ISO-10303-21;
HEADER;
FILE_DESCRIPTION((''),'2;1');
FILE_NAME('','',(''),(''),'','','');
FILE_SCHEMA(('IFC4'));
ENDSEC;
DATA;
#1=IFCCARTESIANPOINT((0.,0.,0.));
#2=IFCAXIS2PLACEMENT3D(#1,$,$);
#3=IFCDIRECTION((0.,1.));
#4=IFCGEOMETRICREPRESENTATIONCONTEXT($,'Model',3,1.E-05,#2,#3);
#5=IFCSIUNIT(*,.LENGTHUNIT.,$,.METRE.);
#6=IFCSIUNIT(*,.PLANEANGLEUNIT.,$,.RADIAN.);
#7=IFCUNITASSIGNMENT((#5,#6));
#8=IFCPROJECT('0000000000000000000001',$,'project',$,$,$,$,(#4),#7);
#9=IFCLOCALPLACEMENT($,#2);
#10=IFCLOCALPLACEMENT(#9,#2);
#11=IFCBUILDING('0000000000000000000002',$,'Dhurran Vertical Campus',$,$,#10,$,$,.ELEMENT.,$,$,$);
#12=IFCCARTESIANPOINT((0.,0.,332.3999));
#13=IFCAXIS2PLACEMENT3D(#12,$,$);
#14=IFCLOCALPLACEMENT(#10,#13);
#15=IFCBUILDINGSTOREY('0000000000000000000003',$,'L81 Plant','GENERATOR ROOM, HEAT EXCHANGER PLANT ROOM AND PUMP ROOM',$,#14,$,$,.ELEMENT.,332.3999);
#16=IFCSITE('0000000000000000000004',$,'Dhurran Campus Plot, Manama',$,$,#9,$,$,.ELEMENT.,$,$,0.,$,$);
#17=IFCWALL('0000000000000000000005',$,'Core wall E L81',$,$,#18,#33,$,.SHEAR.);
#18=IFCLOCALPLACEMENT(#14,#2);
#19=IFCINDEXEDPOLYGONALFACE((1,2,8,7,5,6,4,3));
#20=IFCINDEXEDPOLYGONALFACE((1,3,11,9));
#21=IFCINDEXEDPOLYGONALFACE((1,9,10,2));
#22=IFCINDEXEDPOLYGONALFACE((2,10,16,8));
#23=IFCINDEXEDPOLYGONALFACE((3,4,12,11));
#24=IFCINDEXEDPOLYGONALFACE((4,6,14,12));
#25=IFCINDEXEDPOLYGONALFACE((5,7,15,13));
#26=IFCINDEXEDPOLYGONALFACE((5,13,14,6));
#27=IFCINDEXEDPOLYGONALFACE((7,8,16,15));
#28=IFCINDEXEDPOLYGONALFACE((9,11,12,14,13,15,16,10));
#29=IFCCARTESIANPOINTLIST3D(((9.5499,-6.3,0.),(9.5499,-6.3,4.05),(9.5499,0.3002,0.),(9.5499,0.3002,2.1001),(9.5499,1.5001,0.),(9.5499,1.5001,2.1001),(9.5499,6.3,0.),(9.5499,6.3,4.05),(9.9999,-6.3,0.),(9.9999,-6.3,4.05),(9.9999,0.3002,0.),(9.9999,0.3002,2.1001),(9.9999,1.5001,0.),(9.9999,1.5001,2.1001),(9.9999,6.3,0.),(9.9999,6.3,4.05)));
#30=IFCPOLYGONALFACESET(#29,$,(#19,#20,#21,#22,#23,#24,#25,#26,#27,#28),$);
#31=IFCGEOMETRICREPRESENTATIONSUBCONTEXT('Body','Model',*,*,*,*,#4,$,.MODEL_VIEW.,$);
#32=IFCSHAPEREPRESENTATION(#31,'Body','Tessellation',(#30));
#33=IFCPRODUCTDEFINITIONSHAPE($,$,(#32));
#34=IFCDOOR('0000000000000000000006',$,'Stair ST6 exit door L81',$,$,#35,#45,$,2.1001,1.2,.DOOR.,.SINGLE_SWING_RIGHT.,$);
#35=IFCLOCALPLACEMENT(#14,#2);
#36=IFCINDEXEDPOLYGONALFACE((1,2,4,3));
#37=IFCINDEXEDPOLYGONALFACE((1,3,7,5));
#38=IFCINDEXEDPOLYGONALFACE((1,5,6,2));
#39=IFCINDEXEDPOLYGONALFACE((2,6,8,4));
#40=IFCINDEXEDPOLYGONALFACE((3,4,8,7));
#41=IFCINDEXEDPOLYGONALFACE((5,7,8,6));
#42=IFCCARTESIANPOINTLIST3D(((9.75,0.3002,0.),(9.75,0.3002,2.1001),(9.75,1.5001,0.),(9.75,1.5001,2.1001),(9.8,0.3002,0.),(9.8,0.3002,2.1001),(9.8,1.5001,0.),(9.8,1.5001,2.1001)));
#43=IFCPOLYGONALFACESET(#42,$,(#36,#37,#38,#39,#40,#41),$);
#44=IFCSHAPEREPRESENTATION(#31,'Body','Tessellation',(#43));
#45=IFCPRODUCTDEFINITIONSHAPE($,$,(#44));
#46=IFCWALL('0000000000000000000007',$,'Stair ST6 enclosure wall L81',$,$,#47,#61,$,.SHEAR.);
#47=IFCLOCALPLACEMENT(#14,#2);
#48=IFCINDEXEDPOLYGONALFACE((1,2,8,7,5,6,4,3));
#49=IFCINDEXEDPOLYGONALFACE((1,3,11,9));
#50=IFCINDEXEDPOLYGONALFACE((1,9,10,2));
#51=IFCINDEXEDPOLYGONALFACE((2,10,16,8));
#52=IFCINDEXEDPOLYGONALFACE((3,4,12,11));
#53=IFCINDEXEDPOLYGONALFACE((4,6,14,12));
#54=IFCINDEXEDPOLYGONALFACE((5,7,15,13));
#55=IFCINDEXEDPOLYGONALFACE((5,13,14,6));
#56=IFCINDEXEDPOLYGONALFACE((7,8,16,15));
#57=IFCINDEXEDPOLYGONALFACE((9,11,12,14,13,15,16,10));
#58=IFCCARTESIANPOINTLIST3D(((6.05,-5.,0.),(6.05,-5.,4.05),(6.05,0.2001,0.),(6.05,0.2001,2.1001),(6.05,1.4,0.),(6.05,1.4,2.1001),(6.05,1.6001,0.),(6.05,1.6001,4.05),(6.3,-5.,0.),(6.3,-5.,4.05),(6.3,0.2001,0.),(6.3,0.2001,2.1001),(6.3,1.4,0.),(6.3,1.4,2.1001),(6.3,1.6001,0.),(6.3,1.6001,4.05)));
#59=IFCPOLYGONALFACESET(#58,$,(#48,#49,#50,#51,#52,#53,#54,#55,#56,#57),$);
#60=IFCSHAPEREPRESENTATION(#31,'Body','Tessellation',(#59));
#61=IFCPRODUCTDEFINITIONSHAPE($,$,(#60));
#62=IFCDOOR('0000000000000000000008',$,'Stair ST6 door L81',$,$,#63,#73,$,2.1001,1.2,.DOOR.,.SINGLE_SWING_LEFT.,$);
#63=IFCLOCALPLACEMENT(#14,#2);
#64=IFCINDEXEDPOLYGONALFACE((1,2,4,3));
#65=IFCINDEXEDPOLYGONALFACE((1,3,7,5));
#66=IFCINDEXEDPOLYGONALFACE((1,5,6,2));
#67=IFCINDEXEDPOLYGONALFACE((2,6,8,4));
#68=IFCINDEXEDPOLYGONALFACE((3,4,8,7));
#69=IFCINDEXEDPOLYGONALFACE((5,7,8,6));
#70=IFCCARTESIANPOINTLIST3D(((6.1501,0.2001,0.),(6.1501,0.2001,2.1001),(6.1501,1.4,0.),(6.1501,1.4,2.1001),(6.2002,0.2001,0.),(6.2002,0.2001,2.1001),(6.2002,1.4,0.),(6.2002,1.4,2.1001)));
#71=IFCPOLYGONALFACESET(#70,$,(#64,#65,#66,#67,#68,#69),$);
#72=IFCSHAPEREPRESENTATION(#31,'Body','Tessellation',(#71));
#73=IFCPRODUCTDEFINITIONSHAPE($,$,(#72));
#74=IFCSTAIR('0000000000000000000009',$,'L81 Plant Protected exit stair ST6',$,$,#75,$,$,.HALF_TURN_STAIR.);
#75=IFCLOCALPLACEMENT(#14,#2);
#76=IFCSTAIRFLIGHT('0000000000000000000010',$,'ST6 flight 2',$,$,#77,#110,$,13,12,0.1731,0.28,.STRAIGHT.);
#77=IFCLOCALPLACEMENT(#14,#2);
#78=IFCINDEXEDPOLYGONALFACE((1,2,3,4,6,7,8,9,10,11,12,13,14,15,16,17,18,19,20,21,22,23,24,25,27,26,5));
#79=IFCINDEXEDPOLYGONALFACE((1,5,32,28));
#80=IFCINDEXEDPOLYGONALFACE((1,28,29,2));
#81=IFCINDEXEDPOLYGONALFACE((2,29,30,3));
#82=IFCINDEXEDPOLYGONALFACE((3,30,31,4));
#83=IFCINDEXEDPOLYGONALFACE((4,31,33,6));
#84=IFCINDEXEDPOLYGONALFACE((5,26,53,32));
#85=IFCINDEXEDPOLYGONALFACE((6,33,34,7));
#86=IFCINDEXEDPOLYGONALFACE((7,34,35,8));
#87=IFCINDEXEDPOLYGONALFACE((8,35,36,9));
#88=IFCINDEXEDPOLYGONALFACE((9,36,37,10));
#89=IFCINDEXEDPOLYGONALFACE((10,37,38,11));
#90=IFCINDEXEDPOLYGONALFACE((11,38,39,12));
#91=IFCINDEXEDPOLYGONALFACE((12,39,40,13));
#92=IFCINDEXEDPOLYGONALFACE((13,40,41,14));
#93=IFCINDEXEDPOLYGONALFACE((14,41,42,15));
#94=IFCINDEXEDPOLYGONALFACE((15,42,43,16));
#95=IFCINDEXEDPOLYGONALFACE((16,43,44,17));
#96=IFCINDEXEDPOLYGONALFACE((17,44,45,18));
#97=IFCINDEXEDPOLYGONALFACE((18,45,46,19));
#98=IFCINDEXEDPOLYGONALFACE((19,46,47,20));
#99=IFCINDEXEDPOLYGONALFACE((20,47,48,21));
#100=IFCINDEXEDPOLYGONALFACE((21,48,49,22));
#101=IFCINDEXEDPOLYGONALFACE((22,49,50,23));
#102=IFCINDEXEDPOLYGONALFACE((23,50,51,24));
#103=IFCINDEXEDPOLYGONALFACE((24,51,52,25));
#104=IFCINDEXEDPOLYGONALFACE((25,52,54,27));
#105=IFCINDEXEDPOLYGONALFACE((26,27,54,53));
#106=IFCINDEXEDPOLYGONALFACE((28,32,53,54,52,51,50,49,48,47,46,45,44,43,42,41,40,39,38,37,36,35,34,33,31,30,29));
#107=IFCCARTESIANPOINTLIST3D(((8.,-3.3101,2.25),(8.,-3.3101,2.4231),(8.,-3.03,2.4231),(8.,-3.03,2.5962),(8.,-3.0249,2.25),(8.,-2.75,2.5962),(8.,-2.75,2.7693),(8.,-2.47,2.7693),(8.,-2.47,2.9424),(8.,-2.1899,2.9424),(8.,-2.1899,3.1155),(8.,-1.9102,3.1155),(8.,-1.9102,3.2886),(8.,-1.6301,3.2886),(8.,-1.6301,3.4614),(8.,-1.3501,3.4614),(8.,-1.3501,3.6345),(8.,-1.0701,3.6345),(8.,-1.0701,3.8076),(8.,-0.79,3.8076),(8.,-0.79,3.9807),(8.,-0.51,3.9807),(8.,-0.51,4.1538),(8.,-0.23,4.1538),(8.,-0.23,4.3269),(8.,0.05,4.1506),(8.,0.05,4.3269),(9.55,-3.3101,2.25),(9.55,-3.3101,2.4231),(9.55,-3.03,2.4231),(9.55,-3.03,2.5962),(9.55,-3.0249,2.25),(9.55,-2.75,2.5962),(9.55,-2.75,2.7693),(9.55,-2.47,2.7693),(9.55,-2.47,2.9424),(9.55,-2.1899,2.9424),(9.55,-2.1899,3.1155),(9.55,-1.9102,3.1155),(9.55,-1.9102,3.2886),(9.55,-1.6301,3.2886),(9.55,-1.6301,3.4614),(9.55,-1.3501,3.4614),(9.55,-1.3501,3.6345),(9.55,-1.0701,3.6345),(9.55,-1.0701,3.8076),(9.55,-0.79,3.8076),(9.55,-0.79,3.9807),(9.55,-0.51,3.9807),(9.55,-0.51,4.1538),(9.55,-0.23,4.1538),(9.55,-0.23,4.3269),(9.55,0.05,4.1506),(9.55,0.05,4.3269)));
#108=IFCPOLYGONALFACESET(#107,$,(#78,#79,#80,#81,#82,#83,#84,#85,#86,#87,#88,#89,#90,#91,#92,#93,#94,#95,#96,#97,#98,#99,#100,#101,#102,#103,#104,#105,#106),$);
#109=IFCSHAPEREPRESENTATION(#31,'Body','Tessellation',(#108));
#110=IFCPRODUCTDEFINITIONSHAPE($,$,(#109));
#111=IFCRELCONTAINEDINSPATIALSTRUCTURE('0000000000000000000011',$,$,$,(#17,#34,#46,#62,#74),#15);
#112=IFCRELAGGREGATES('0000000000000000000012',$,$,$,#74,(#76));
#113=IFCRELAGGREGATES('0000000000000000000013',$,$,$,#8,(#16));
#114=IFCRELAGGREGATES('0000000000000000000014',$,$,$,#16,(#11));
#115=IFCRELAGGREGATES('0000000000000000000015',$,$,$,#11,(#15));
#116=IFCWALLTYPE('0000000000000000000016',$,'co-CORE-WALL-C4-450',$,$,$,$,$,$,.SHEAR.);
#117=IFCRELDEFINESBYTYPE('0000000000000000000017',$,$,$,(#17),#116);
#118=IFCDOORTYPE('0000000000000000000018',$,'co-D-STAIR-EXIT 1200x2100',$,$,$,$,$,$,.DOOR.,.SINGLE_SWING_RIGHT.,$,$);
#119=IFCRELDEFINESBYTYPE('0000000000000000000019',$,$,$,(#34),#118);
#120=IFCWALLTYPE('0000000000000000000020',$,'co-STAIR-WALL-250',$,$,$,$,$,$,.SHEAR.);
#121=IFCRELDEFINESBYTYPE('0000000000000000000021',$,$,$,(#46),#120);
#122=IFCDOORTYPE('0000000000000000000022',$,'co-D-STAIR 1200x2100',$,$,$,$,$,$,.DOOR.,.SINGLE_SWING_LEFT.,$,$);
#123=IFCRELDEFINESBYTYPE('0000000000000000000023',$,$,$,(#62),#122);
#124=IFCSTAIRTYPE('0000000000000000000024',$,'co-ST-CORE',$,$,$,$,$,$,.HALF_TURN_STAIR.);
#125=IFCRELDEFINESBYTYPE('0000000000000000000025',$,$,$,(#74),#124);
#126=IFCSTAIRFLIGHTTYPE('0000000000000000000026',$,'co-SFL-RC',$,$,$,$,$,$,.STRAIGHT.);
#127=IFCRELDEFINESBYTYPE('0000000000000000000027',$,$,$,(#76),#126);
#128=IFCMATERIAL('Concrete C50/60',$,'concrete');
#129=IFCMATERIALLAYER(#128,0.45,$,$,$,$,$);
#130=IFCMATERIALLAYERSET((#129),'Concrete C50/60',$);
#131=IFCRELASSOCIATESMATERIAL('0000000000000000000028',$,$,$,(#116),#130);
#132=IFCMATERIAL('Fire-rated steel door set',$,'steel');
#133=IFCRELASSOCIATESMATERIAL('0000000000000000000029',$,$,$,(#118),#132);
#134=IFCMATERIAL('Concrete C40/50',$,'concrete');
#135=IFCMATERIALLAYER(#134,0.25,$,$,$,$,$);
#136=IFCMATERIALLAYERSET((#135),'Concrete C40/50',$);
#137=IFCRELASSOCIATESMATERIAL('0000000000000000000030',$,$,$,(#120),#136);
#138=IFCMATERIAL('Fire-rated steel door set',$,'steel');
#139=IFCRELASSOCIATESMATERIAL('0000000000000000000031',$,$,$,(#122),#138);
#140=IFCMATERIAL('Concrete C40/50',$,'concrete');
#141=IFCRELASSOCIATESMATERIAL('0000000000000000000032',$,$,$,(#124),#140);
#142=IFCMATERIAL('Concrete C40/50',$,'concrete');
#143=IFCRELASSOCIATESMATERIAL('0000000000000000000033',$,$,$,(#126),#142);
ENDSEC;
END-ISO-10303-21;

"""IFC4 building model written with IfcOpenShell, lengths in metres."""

from ifc_helpers import new_model, si_unit, direction, frame, frame_2d, origin, place, context, subcontext, project, spatial, polyline, rectangle, outline, extrude, material, layer, layer_set, type_object, element, fill, aggregate, save


model = new_model("IFC4")

# Units and contexts
model_context = context("Model", 3, precision=1e-05, world=origin(), true_north=direction((0.0, 1.0)))
body_context = subcontext(model_context, "Body", "Model", "MODEL_VIEW")
ifc_project = project(units=[si_unit("LENGTHUNIT", "METRE"), si_unit("PLANEANGLEUNIT", "RADIAN")], contexts=[model_context])

# Site, building, storey
site_placement = place(None, origin())
site = spatial("IfcSite", under=ifc_project, at=site_placement, Name="Dhurran Campus Plot, Manama", CompositionType="ELEMENT", RefElevation=0.0)
building_placement = place(site_placement, origin())
building = spatial("IfcBuilding", under=site, at=building_placement, Name="Dhurran Vertical Campus", CompositionType="ELEMENT")
storey_placement = place(building_placement, frame((0.0, 0.0, 332.3999)))
storey = spatial("IfcBuildingStorey", under=building, at=storey_placement, Name="L81 Plant", Description="GENERATOR ROOM, HEAT EXCHANGER PLANT ROOM AND PUMP ROOM", CompositionType="ELEMENT", Elevation=332.3999)

# Walls, openings, doors
ifc_material_1 = material(Name="Concrete C50/60", Category="concrete")
ifc_layer_1 = layer(ifc_material_1, 0.45)
ifc_layer_set_1 = layer_set([ifc_layer_1], Name="Concrete C50/60")
wall_type_1 = type_object("IfcWallType", Name="co-CORE-WALL-C4-450", PredefinedType="SHEAR", material=ifc_layer_set_1)
wall_1_placement = place(storey_placement, frame((9.7749, -6.3, 0.0), z_axis=(0.0, 0.0, 1.0), x_axis=(0.0, 1.0, 0.0)))
wall_1 = element("IfcWall", 1, at=wall_1_placement, inside=storey, type_object=wall_type_1, Name="Core wall E L81", PredefinedType="SHEAR", context=body_context, shape_type="SweptSolid", body=[
    extrude(rectangle(XDim=12.6001, YDim=0.45, at=frame_2d((6.3, 0.0))), origin(), (0.0, 0.0, 1.0), 4.05),
])
opening_1_placement = place(wall_1_placement, frame((6.6001, 0.0, 0.0)))
opening_1 = element("IfcOpeningElement", 2, at=opening_1_placement, cuts=wall_1, PredefinedType="OPENING", context=body_context, shape_type="SweptSolid", body=[
    extrude(rectangle(XDim=1.2, YDim=2.1001, at=frame_2d((0.6001, 1.05))), frame((0.0, 0.2349, 0.0), z_axis=(0.0, -1.0, 0.0), x_axis=(1.0, 0.0, 0.0)), (0.0, 0.0, 1.0), 0.47),
])
ifc_material_2 = material(Name="Fire-rated steel door set", Category="steel")
door_type_1 = type_object("IfcDoorType", Name="co-D-STAIR-EXIT 1200x2100", OperationType="SINGLE_SWING_RIGHT", PredefinedType="DOOR", material=ifc_material_2)
door_1_placement = place(opening_1_placement, origin())
door_1 = element("IfcDoor", 3, at=door_1_placement, inside=storey, type_object=door_type_1, Name="Stair ST6 exit door L81", OperationType="SINGLE_SWING_RIGHT", OverallHeight=2.1001, OverallWidth=1.2, PredefinedType="DOOR", context=body_context, shape_type="SweptSolid", body=[
    extrude(rectangle(XDim=1.2, YDim=2.1001, at=frame_2d((0.6001, 1.05))), frame((0.0, 0.0249, 0.0), z_axis=(0.0, -1.0, 0.0), x_axis=(1.0, 0.0, 0.0)), (0.0, 0.0, 1.0), 0.05),
])
fill(opening_1, door_1)
ifc_material_3 = material(Name="Concrete C40/50", Category="concrete")
ifc_layer_2 = layer(ifc_material_3, 0.25)
ifc_layer_set_2 = layer_set([ifc_layer_2], Name="Concrete C40/50")
wall_type_2 = type_object("IfcWallType", Name="co-STAIR-WALL-250", PredefinedType="SHEAR", material=ifc_layer_set_2)
wall_2_placement = place(storey_placement, frame((6.175, -5.0, 0.0), z_axis=(0.0, 0.0, 1.0), x_axis=(0.0, 1.0, 0.0)))
wall_2 = element("IfcWall", 4, at=wall_2_placement, inside=storey, type_object=wall_type_2, Name="Stair ST6 enclosure wall L81", PredefinedType="SHEAR", context=body_context, shape_type="SweptSolid", body=[
    extrude(rectangle(XDim=6.6001, YDim=0.25, at=frame_2d((3.3, 0.0))), origin(), (0.0, 0.0, 1.0), 4.05),
])
opening_2_placement = place(wall_2_placement, frame((5.2, 0.0, 0.0)))
opening_2 = element("IfcOpeningElement", 5, at=opening_2_placement, cuts=wall_2, PredefinedType="OPENING", context=body_context, shape_type="SweptSolid", body=[
    extrude(rectangle(XDim=1.2, YDim=2.1001, at=frame_2d((0.6001, 1.05))), frame((0.0, 0.135, 0.0), z_axis=(0.0, -1.0, 0.0), x_axis=(1.0, 0.0, 0.0)), (0.0, 0.0, 1.0), 0.27),
])
ifc_material_4 = material(Name="Fire-rated steel door set", Category="steel")
door_type_2 = type_object("IfcDoorType", Name="co-D-STAIR 1200x2100", OperationType="SINGLE_SWING_LEFT", PredefinedType="DOOR", material=ifc_material_4)
door_2_placement = place(opening_2_placement, origin())
door_2 = element("IfcDoor", 6, at=door_2_placement, inside=storey, type_object=door_type_2, Name="Stair ST6 door L81", OperationType="SINGLE_SWING_LEFT", OverallHeight=2.1001, OverallWidth=1.2, PredefinedType="DOOR", context=body_context, shape_type="SweptSolid", body=[
    extrude(rectangle(XDim=1.2, YDim=2.1001, at=frame_2d((0.6001, 1.05))), frame((0.0, 0.0249, 0.0), z_axis=(0.0, -1.0, 0.0), x_axis=(1.0, 0.0, 0.0)), (0.0, 0.0, 1.0), 0.05),
])
fill(opening_2, door_2)

# Stair, stair flight
ifc_material_5 = material(Name="Concrete C40/50", Category="concrete")
stair_type = type_object("IfcStairType", Name="co-ST-CORE", PredefinedType="HALF_TURN_STAIR", material=ifc_material_5)
stair_placement = place(storey_placement, origin())
stair = element("IfcStair", 7, at=stair_placement, inside=storey, type_object=stair_type, Name="L81 Plant Protected exit stair ST6", PredefinedType="HALF_TURN_STAIR")
ifc_material_6 = material(Name="Concrete C40/50", Category="concrete")
stair_flight_type = type_object("IfcStairFlightType", Name="co-SFL-RC", PredefinedType="STRAIGHT", material=ifc_material_6)
stair_flight_placement = place(storey_placement, frame((8.7749, -3.3101, 2.25), z_axis=(0.0, 0.0, 1.0), x_axis=(0.0, 1.0, 0.0)))
stair_flight = element("IfcStairFlight", 8, at=stair_flight_placement, type_object=stair_flight_type, Name="ST6 flight 2", NumberOfRisers=13, NumberOfTreads=12, PredefinedType="STRAIGHT", RiserHeight=0.1731, TreadLength=0.28, context=body_context, shape_type="SweptSolid", body=[
    extrude(outline(polyline([(0.0, 0.0), (0.0, 0.1731), (0.28, 0.1731), (0.28, 0.3462), (0.5601, 0.3462), (0.5601, 0.5193), (0.8401, 0.5193), (0.8401, 0.6924), (1.1201, 0.6924), (1.1201, 0.8655), (1.3999, 0.8655), (1.3999, 1.0386), (1.6799, 1.0386), (1.6799, 1.2114), (1.96, 1.2114), (1.96, 1.3845), (2.24, 1.3845), (2.24, 1.5576), (2.52, 1.5576), (2.52, 1.7307), (2.8, 1.7307), (2.8, 1.9038), (3.0801, 1.9038), (3.0801, 2.0769), (3.3601, 2.0769), (3.3601, 2.25), (3.3601, 1.9006), (0.2852, 0.0), (0.0, 0.0)])), frame((0.0, 0.7749, 0.0), z_axis=(0.0, -1.0, 0.0), x_axis=(1.0, 0.0, 0.0)), (0.0, 0.0, 1.0), 1.55),
])
aggregate(stair, [stair_flight])

save(model, "model.ifc")
